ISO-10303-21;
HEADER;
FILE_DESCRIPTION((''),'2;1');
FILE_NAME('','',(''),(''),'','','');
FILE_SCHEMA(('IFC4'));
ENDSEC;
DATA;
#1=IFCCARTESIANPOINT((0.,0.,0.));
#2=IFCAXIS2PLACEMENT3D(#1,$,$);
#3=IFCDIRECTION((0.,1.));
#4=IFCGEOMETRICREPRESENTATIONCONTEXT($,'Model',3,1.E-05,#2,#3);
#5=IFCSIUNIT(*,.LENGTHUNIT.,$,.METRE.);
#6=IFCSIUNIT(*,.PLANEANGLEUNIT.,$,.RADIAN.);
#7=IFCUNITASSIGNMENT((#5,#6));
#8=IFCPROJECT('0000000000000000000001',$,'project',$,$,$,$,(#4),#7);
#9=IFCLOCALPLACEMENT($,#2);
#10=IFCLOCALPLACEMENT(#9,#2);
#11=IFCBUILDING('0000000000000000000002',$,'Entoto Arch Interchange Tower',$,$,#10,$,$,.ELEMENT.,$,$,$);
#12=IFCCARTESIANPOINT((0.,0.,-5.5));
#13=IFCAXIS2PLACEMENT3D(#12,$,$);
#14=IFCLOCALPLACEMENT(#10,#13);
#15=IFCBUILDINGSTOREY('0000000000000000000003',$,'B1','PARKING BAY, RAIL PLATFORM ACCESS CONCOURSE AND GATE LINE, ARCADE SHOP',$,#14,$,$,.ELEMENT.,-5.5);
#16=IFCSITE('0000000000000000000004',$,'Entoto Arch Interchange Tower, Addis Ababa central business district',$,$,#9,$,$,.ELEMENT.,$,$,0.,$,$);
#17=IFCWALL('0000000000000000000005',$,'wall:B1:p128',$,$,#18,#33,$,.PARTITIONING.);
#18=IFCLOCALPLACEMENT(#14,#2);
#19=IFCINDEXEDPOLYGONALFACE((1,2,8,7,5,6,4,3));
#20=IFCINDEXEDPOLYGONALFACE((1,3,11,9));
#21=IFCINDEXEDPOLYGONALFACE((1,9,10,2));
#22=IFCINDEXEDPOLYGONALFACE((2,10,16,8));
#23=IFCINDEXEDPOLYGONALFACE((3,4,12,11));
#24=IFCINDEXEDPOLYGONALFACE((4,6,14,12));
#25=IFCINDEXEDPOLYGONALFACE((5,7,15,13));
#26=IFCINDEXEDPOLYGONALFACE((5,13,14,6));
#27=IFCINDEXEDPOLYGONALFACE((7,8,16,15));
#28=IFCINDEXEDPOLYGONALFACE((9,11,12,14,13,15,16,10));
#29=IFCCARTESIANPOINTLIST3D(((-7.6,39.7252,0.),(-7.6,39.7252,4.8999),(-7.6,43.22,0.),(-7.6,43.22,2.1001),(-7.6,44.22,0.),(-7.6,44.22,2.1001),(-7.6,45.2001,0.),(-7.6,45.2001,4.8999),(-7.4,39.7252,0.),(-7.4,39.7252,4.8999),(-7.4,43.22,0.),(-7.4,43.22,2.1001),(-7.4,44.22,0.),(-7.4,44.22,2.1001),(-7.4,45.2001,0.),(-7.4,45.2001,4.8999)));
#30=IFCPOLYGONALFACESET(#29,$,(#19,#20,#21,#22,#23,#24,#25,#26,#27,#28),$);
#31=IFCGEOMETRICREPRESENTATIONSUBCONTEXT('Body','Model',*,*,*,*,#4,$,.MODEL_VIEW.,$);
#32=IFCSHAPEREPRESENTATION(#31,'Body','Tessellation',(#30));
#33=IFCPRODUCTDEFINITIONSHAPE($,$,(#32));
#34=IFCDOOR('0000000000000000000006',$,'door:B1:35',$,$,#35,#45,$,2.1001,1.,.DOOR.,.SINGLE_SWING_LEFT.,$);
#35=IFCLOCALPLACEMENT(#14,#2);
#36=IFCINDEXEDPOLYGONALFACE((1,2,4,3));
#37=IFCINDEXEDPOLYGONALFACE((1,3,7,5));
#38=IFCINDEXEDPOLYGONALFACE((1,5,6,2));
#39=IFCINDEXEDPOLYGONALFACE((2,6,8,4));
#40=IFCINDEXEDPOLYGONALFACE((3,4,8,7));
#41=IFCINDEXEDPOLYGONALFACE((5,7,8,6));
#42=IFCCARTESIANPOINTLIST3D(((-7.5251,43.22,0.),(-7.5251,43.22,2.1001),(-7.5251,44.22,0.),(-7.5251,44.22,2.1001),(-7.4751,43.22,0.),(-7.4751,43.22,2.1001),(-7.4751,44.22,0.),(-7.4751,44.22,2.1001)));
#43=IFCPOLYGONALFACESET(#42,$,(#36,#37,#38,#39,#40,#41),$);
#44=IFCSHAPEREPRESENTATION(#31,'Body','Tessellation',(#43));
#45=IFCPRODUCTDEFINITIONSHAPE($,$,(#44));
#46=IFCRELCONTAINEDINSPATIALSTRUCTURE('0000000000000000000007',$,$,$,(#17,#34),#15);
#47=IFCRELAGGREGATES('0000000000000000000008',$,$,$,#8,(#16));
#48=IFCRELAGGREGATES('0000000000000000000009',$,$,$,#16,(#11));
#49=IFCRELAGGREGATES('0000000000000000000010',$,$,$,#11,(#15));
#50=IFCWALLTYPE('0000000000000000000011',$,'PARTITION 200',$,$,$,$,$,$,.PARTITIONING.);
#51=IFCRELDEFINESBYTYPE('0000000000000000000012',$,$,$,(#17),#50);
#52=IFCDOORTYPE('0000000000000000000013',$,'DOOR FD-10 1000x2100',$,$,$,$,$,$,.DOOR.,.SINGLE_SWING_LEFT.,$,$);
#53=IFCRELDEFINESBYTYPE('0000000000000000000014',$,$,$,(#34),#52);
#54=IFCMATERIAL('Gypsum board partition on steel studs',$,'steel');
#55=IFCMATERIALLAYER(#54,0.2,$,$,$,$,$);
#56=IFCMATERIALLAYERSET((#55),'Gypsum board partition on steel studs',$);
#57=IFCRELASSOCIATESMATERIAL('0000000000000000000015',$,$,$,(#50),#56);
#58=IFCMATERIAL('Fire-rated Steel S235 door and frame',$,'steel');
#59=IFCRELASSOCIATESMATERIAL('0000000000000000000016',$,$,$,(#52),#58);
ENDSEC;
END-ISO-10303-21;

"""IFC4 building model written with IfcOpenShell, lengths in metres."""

from ifc_helpers import new_model, si_unit, direction, frame, frame_2d, origin, place, context, subcontext, project, spatial, rectangle, extrude, material, layer, layer_set, type_object, element, fill, save


model = new_model("IFC4")

# Units and contexts
model_context = context("Model", 3, precision=1e-05, world=origin(), true_north=direction((0.0, 1.0)))
body_context = subcontext(model_context, "Body", "Model", "MODEL_VIEW")
ifc_project = project(units=[si_unit("LENGTHUNIT", "METRE"), si_unit("PLANEANGLEUNIT", "RADIAN")], contexts=[model_context])

# Site, building, storey
site_placement = place(None, origin())
site = spatial("IfcSite", under=ifc_project, at=site_placement, Name="Entoto Arch Interchange Tower, Addis Ababa central business district", CompositionType="ELEMENT", RefElevation=0.0)
building_placement = place(site_placement, origin())
building = spatial("IfcBuilding", under=site, at=building_placement, Name="Entoto Arch Interchange Tower", CompositionType="ELEMENT")
storey_placement = place(building_placement, frame((0.0, 0.0, -5.5)))
storey = spatial("IfcBuildingStorey", under=building, at=storey_placement, Name="B1", Description="PARKING BAY, RAIL PLATFORM ACCESS CONCOURSE AND GATE LINE, ARCADE SHOP", CompositionType="ELEMENT", Elevation=-5.5)

# Shared definitions
ifc_material_1 = material(Name="Gypsum board partition on steel studs", Category="steel")

# Shared definitions
ifc_layer_1 = layer(ifc_material_1, 0.2)
ifc_layer_set_1 = layer_set([ifc_layer_1], Name="Gypsum board partition on steel studs")
wall_type_1 = type_object("IfcWallType", Name="PARTITION 200", PredefinedType="PARTITIONING", material=ifc_layer_set_1)

# Wall, opening, door
wall_1_placement = place(storey_placement, frame((-7.5, 45.2, 0.0), z_axis=(0.0, 0.0, 1.0), x_axis=(0.0, -1.0, 0.0)))
wall_1 = element("IfcWall", 1, at=wall_1_placement, inside=storey, type_object=wall_type_1, Name="wall:B1:p128", PredefinedType="PARTITIONING", context=body_context, shape_type="SweptSolid", body=[
    extrude(rectangle(XDim=5.4749, YDim=0.2, at=frame_2d((2.7373, 0.0))), origin(), (0.0, 0.0, 1.0), 4.8999),
])
opening_1_placement = place(wall_1_placement, frame((0.98, 0.0, 0.0)))
opening_1 = element("IfcOpeningElement", 2, at=opening_1_placement, cuts=wall_1, PredefinedType="OPENING", context=body_context, shape_type="SweptSolid", body=[
    extrude(rectangle(XDim=1.0, YDim=2.1001, at=frame_2d((0.5, 1.05))), frame((0.0, 0.1099, 0.0), z_axis=(0.0, -1.0, 0.0), x_axis=(1.0, 0.0, 0.0)), (0.0, 0.0, 1.0), 0.22),
])
ifc_material_2 = material(Name="Fire-rated Steel S235 door and frame", Category="steel")
door_type_1 = type_object("IfcDoorType", Name="DOOR FD-10 1000x2100", OperationType="SINGLE_SWING_LEFT", PredefinedType="DOOR", material=ifc_material_2)
door_1_placement = place(opening_1_placement, origin())
door_1 = element("IfcDoor", 3, at=door_1_placement, inside=storey, type_object=door_type_1, Name="door:B1:35", OperationType="SINGLE_SWING_LEFT", OverallHeight=2.1001, OverallWidth=1.0, PredefinedType="DOOR", context=body_context, shape_type="SweptSolid", body=[
    extrude(rectangle(XDim=1.0, YDim=2.1001, at=frame_2d((0.5, 1.05))), frame((0.0, 0.0249, 0.0), z_axis=(0.0, -1.0, 0.0), x_axis=(1.0, 0.0, 0.0)), (0.0, 0.0, 1.0), 0.05),
])
fill(opening_1, door_1)

save(model, "model.ifc")
